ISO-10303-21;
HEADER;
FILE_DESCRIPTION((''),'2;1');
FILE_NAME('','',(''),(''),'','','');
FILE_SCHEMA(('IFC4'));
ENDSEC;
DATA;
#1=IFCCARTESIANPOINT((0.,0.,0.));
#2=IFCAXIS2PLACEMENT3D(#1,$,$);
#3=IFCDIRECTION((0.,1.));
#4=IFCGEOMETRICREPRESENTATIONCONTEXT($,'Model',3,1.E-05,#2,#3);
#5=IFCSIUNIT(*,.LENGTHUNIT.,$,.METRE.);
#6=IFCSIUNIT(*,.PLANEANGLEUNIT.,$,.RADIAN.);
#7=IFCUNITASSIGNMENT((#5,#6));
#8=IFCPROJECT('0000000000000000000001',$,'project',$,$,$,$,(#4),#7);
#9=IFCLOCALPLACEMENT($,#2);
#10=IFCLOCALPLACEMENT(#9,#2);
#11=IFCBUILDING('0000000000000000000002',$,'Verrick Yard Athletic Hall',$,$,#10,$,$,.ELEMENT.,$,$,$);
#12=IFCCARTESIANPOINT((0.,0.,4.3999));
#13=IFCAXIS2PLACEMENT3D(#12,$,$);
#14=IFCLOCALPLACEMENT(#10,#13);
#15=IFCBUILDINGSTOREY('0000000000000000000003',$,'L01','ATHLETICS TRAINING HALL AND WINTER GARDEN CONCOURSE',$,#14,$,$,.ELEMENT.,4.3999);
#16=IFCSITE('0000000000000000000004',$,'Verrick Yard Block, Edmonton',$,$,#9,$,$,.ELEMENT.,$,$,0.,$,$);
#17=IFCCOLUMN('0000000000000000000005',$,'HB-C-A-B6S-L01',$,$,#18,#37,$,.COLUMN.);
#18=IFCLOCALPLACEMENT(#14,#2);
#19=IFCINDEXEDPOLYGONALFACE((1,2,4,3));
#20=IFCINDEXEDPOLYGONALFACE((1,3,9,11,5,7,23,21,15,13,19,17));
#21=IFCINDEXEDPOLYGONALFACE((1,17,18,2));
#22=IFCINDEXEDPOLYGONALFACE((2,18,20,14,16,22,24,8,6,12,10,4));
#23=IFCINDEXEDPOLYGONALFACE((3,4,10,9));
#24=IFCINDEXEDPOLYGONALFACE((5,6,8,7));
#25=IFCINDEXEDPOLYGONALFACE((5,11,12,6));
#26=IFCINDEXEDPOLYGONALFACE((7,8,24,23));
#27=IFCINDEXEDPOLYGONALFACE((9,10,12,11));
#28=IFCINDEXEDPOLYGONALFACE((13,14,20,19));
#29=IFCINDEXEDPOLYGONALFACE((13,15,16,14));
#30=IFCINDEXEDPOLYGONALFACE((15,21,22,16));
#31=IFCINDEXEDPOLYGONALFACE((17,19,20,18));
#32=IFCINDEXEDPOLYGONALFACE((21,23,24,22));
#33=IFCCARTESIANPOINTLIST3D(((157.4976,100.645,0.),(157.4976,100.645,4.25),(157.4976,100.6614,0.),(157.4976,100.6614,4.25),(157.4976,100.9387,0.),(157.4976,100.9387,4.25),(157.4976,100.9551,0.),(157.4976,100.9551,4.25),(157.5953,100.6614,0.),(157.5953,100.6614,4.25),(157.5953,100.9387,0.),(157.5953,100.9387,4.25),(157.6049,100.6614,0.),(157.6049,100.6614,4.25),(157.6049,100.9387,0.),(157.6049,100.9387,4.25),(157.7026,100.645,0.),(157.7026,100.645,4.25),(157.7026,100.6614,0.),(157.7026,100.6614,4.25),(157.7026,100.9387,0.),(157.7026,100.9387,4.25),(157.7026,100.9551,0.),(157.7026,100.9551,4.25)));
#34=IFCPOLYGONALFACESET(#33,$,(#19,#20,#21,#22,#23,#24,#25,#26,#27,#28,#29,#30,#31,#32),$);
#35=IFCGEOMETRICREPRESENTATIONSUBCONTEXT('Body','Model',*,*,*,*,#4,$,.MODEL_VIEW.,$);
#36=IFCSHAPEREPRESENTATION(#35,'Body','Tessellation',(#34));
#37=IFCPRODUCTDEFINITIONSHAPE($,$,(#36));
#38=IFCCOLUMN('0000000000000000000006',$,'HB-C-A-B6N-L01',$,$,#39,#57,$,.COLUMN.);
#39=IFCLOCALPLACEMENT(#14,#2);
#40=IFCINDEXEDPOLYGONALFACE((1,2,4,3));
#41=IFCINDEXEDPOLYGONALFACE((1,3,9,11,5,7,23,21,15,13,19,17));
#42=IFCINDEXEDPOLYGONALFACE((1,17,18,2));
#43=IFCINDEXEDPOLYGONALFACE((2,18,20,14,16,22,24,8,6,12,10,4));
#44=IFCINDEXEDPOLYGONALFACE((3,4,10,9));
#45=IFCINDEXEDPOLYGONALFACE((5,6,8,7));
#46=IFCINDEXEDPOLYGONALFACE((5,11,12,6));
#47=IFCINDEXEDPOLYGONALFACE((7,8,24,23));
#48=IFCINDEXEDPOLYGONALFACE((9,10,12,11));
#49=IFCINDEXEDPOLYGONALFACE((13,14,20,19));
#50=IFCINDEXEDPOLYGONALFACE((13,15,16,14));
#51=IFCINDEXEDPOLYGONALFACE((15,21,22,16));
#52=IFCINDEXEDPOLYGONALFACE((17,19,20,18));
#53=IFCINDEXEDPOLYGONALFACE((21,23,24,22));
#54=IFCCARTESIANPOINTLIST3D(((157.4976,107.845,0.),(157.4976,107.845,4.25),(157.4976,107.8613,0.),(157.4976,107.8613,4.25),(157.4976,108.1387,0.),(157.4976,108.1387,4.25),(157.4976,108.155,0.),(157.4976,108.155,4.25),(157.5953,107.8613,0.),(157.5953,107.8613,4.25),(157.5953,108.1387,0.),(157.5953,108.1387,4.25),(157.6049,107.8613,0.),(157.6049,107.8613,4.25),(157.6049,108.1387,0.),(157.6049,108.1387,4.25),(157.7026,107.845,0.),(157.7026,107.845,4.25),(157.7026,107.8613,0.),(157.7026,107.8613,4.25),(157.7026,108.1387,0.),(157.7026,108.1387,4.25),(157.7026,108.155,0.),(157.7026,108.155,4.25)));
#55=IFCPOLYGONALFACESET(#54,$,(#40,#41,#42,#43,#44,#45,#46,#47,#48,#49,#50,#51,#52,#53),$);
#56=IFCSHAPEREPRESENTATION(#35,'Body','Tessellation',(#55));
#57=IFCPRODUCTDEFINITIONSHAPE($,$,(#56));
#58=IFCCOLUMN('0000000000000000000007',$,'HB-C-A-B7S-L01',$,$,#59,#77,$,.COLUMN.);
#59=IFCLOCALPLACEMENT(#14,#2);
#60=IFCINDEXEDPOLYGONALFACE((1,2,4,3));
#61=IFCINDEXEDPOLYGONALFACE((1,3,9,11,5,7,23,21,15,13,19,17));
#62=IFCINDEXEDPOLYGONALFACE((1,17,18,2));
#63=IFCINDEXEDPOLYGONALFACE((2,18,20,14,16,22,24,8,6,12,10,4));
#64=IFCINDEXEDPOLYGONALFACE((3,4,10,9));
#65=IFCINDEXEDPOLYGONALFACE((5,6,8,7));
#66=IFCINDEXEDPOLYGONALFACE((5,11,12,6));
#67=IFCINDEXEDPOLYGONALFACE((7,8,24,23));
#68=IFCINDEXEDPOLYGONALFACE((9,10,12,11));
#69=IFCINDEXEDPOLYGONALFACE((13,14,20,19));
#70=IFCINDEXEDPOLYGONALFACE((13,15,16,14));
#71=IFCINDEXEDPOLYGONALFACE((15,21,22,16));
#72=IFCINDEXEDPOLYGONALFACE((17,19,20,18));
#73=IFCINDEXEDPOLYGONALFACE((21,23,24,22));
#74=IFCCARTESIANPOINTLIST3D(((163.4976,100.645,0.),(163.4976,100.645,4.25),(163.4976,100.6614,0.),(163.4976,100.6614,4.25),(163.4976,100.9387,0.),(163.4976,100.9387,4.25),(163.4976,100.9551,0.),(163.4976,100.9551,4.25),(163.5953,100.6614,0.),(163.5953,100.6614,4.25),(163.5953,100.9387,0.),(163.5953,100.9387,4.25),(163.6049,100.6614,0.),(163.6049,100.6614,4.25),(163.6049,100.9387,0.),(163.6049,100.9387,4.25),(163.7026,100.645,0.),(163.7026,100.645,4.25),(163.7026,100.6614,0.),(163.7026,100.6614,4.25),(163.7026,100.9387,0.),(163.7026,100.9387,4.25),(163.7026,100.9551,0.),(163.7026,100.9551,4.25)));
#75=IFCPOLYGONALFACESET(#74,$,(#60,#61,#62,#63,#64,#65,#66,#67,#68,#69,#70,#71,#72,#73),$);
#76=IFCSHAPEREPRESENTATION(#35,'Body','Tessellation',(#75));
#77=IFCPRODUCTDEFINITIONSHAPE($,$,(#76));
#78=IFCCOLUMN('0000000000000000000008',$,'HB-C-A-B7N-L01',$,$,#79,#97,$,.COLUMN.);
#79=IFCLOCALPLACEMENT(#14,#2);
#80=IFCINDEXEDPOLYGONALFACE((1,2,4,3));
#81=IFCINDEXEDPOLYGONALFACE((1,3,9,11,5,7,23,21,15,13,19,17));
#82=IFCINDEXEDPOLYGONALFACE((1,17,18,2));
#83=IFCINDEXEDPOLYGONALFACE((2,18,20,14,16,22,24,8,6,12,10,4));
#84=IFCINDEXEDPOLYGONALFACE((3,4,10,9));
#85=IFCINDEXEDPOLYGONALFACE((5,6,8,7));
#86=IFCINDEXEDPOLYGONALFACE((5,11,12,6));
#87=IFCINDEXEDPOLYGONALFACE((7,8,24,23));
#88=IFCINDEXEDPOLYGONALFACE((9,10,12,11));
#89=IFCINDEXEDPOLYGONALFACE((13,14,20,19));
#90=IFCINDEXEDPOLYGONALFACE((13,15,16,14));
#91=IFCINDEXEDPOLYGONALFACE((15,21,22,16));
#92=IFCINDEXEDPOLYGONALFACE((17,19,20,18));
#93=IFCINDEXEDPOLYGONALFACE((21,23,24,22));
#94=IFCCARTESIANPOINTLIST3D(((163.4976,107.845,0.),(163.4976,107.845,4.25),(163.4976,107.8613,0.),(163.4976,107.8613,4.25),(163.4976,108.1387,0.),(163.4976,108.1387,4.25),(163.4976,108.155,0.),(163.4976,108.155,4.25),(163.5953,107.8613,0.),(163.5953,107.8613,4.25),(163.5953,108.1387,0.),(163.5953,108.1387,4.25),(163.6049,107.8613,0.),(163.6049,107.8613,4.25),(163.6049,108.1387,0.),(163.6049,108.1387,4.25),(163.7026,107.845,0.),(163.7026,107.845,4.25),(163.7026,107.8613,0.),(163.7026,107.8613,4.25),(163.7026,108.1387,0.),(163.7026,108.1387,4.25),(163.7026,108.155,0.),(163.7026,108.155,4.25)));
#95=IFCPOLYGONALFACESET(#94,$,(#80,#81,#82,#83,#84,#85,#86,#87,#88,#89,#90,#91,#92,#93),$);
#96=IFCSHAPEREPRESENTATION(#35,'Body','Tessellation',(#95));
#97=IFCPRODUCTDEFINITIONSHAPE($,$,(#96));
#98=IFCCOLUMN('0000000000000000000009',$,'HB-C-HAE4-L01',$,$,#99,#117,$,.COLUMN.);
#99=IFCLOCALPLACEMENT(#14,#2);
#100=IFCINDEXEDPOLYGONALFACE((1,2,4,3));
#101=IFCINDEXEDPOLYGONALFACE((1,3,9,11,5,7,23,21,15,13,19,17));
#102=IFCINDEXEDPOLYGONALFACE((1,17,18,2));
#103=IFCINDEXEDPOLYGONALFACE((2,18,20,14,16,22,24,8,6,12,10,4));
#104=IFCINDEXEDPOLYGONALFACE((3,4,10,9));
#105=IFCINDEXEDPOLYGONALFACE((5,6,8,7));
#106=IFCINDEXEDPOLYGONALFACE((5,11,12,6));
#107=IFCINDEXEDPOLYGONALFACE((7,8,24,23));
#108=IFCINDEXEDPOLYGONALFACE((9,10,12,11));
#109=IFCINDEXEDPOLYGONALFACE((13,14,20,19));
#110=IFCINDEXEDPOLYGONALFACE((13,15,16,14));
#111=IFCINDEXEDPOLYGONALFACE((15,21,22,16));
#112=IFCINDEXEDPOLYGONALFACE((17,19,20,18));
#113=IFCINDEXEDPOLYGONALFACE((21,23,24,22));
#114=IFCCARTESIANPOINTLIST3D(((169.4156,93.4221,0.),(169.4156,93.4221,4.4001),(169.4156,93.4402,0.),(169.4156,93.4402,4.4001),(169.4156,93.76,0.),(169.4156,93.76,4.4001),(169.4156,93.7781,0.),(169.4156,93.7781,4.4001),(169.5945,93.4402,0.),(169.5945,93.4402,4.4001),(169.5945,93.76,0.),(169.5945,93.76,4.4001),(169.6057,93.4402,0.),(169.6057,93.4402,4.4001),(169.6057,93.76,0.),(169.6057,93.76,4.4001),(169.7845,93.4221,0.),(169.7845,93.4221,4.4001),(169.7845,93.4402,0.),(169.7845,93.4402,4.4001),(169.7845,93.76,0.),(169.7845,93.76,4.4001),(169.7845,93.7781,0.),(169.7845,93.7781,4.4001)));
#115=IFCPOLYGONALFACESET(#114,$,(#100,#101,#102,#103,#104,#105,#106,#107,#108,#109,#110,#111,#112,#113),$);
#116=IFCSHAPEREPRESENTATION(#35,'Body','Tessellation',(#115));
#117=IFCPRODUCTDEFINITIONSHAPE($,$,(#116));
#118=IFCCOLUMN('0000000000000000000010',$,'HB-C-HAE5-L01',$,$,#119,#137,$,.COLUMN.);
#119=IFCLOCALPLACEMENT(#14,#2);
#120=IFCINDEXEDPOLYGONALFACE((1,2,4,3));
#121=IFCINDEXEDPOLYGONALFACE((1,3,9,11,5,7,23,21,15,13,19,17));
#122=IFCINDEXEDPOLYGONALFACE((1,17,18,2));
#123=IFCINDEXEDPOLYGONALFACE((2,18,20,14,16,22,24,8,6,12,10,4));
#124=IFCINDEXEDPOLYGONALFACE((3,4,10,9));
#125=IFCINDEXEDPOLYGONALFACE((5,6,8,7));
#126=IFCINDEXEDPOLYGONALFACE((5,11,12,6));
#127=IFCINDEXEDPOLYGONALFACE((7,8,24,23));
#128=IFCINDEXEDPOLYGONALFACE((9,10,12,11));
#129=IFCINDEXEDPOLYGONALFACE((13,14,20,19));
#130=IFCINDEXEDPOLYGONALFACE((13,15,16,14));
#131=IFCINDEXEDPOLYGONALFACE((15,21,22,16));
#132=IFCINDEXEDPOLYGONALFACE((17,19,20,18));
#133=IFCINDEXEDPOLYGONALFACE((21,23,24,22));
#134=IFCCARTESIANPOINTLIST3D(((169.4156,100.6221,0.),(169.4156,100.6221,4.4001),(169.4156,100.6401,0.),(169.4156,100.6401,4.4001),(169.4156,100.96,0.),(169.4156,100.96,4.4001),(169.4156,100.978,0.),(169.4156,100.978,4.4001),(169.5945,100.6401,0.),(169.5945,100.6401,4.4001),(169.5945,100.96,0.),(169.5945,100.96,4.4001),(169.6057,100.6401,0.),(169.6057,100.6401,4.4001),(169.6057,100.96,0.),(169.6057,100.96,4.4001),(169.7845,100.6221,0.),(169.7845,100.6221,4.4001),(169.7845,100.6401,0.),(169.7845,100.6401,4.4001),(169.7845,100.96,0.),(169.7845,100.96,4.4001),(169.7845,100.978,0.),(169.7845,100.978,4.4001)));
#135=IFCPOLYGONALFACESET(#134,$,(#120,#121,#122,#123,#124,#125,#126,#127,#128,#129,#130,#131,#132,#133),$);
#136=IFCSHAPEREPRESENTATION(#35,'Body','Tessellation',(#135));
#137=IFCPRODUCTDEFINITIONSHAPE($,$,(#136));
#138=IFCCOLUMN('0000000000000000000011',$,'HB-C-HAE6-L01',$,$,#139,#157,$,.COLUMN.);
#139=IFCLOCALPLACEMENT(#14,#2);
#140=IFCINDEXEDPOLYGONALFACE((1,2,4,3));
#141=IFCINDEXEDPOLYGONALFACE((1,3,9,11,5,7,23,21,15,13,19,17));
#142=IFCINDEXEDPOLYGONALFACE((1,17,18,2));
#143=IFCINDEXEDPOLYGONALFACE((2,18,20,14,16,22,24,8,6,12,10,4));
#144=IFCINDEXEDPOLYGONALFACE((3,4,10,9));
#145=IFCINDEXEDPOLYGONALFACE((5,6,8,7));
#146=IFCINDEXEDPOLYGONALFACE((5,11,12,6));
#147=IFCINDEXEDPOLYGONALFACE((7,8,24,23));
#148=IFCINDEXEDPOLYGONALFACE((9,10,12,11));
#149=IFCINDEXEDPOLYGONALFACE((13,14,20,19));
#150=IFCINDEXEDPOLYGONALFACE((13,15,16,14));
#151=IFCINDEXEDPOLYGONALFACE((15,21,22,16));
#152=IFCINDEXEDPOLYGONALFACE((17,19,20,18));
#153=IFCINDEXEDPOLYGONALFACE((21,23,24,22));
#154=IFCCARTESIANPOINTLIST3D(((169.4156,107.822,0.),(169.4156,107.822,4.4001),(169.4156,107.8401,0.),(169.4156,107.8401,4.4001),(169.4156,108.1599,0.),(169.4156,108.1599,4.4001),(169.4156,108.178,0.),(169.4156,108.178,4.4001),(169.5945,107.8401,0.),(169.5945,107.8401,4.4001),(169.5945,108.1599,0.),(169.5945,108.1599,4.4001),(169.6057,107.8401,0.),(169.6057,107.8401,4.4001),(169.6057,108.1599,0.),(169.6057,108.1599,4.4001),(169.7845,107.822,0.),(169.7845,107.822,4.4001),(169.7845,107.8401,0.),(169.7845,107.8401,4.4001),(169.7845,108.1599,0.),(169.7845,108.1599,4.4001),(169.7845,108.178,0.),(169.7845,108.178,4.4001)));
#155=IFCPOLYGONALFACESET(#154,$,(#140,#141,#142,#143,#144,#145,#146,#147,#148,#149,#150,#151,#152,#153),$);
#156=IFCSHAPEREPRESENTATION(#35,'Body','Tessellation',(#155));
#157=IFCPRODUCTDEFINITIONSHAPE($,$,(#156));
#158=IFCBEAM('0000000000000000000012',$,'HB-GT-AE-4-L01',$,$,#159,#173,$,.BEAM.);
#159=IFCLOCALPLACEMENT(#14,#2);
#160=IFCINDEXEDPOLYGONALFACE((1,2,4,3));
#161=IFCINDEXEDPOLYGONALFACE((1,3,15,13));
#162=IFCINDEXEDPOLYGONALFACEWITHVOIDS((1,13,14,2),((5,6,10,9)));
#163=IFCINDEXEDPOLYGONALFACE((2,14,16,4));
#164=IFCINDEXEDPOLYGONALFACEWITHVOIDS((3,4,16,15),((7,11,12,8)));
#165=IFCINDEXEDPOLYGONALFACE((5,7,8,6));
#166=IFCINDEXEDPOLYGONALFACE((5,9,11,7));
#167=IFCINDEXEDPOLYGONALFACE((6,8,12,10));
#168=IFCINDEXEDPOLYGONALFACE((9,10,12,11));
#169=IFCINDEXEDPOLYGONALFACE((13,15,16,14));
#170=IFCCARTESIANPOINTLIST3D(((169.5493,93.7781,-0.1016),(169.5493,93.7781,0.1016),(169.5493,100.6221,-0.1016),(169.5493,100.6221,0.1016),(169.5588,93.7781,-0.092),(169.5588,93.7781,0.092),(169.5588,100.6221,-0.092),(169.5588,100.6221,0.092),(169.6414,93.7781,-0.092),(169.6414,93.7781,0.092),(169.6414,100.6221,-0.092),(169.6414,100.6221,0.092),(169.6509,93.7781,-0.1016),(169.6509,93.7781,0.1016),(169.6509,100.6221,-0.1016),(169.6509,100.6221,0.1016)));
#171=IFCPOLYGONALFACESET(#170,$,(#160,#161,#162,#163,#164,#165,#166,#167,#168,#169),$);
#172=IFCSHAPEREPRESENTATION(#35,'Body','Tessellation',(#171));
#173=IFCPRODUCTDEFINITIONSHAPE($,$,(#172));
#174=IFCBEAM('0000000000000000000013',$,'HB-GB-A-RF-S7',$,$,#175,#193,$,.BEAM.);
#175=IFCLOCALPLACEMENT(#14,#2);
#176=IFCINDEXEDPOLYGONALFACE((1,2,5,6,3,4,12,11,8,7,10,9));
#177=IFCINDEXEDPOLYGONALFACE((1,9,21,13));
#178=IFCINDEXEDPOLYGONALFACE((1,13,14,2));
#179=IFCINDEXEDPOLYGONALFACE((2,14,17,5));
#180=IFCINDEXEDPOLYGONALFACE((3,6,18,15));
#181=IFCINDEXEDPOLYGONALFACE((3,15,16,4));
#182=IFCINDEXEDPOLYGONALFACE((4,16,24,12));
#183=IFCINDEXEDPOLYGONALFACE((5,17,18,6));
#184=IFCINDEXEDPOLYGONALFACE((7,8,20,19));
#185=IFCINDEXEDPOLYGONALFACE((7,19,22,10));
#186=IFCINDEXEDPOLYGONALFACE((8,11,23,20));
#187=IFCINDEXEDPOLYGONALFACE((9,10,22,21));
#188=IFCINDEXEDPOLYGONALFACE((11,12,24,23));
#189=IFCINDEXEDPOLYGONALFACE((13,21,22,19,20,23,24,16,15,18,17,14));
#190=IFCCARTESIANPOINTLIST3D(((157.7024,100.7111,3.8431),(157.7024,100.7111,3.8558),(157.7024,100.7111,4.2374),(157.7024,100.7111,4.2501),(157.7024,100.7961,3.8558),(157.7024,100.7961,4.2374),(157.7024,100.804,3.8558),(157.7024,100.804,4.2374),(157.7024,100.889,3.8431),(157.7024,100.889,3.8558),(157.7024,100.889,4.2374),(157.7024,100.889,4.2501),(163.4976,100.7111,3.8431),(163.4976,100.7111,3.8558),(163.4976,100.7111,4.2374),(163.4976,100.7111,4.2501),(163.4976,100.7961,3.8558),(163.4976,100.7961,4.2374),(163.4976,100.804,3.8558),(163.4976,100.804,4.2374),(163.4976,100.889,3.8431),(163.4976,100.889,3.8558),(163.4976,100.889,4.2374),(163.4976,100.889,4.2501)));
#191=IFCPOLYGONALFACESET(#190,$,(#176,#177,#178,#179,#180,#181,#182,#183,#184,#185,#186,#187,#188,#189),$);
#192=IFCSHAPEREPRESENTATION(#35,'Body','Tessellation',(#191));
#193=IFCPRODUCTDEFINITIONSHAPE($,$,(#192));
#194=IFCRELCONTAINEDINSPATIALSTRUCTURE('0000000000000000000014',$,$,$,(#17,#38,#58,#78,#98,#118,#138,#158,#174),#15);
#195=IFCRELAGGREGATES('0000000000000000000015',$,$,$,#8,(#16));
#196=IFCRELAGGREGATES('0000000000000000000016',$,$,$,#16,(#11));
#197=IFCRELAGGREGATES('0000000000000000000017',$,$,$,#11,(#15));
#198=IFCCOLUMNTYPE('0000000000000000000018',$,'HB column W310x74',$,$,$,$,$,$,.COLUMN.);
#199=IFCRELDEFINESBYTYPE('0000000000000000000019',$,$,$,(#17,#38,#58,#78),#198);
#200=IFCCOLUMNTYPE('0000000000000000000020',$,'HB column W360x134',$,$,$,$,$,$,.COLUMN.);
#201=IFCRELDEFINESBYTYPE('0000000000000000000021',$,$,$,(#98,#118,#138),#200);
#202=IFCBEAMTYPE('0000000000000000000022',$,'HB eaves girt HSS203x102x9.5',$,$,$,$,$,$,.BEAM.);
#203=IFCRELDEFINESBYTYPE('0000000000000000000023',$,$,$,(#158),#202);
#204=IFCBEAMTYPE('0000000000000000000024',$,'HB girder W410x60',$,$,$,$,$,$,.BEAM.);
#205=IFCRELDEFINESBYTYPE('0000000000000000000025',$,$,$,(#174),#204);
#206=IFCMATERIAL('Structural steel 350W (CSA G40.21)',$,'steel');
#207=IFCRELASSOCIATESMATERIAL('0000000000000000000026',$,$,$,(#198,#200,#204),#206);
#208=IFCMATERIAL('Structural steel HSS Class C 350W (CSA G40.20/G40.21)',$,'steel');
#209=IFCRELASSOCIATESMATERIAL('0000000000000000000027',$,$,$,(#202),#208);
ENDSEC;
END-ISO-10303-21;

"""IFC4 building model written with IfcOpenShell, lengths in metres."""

from ifc_helpers import new_model, si_unit, direction, frame, origin, origin_2d, place, context, subcontext, project, spatial, hollow_rectangle, i_section, extrude, material, material_profile, profile_set, type_object, element, save


model = new_model("IFC4")

# Units and contexts
model_context = context("Model", 3, precision=1e-05, world=origin(), true_north=direction((0.0, 1.0)))
body_context = subcontext(model_context, "Body", "Model", "MODEL_VIEW")
ifc_project = project(units=[si_unit("LENGTHUNIT", "METRE"), si_unit("PLANEANGLEUNIT", "RADIAN")], contexts=[model_context])

# Site, building, storey
site_placement = place(None, origin())
site = spatial("IfcSite", under=ifc_project, at=site_placement, Name="Verrick Yard Block, Edmonton", CompositionType="ELEMENT", RefElevation=0.0)
building_placement = place(site_placement, origin())
building = spatial("IfcBuilding", under=site, at=building_placement, Name="Verrick Yard Athletic Hall", CompositionType="ELEMENT")
storey_placement = place(building_placement, frame((0.0, 0.0, 4.3999)))
storey = spatial("IfcBuildingStorey", under=building, at=storey_placement, Name="L01", Description="ATHLETICS TRAINING HALL AND WINTER GARDEN CONCOURSE", CompositionType="ELEMENT", Elevation=4.3999)

# Columns
ifc_material_1 = material(Name="Structural steel 350W (CSA G40.21)", Category="steel")
ifc_material_profile_1 = material_profile(ifc_material_1, i_section(OverallWidth=0.2051, OverallDepth=0.3101, WebThickness=0.0095, FlangeThickness=0.0164, at=origin_2d()), Name="W310x74")
ifc_profile_set_1 = profile_set([ifc_material_profile_1], Name="Structural steel 350W (CSA G40.21)")
column_type_1 = type_object("IfcColumnType", Name="HB column W310x74", PredefinedType="COLUMN", material=ifc_profile_set_1)
for number, where, z_axis, x_axis, name in (
    (1, (157.6001, 100.8, 0.0), (0.0, 0.0, 1.0), (1.0, 0.0, 0.0), "HB-C-A-B6S-L01"),
    (2, (157.6001, 108.0, 0.0), (0.0, 0.0, 1.0), (1.0, 0.0, 0.0), "HB-C-A-B6N-L01"),
    (3, (163.6001, 100.8, 0.0), (0.0, 0.0, 1.0), (1.0, 0.0, 0.0), "HB-C-A-B7S-L01"),
    (4, (163.6001, 108.0, 0.0), (0.0, 0.0, 1.0), (1.0, 0.0, 0.0), "HB-C-A-B7N-L01"),
):
    element("IfcColumn", number, at=place(storey_placement, frame(where, z_axis=z_axis, x_axis=x_axis)), inside=storey, type_object=column_type_1, Name=name, PredefinedType="COLUMN", context=body_context, shape_type="SweptSolid", body=[
        extrude(i_section(OverallWidth=0.2051, OverallDepth=0.3101, WebThickness=0.0095, FlangeThickness=0.0164, at=origin_2d()), origin(), (0.0, 0.0, 1.0), 4.25),
    ])
ifc_material_profile_2 = material_profile(ifc_material_1, i_section(OverallWidth=0.3689, OverallDepth=0.356, WebThickness=0.0112, FlangeThickness=0.0181, at=origin_2d()), Name="W360x134")
ifc_profile_set_2 = profile_set([ifc_material_profile_2], Name="Structural steel 350W (CSA G40.21)")
column_type_2 = type_object("IfcColumnType", Name="HB column W360x134", PredefinedType="COLUMN", material=ifc_profile_set_2)
for number, where, z_axis, x_axis, name in (
    (5, (169.6001, 93.6001, 0.0), (0.0, 0.0, 1.0), (1.0, 0.0, 0.0), "HB-C-HAE4-L01"),
    (6, (169.6001, 100.8, 0.0), (0.0, 0.0, 1.0), (1.0, 0.0, 0.0), "HB-C-HAE5-L01"),
    (7, (169.6001, 108.0, 0.0), (0.0, 0.0, 1.0), (1.0, 0.0, 0.0), "HB-C-HAE6-L01"),
):
    element("IfcColumn", number, at=place(storey_placement, frame(where, z_axis=z_axis, x_axis=x_axis)), inside=storey, type_object=column_type_2, Name=name, PredefinedType="COLUMN", context=body_context, shape_type="SweptSolid", body=[
        extrude(i_section(OverallWidth=0.3689, OverallDepth=0.356, WebThickness=0.0112, FlangeThickness=0.0181, at=origin_2d()), origin(), (0.0, 0.0, 1.0), 4.4001),
    ])

# Beams
ifc_material_2 = material(Name="Structural steel HSS Class C 350W (CSA G40.20/G40.21)", Category="steel")
ifc_material_profile_3 = material_profile(ifc_material_2, hollow_rectangle(XDim=0.1016, YDim=0.2031, WallThickness=0.0095, at=origin_2d()), Name="HSS203x102x9.5")
ifc_profile_set_3 = profile_set([ifc_material_profile_3], Name="Structural steel HSS Class C 350W (CSA G40.20/G40.21)")
beam_type_1 = type_object("IfcBeamType", Name="HB eaves girt HSS203x102x9.5", PredefinedType="BEAM", material=ifc_profile_set_3)
beam_1_placement = place(storey_placement, frame((169.6001, 93.7781, 0.0), z_axis=(0.0, 1.0, 0.0), x_axis=(-1.0, 0.0, 0.0)))
element("IfcBeam", 8, at=beam_1_placement, inside=storey, type_object=beam_type_1, Name="HB-GT-AE-4-L01", PredefinedType="BEAM", context=body_context, shape_type="SweptSolid", body=[
    extrude(hollow_rectangle(XDim=0.1016, YDim=0.2031, WallThickness=0.0095, at=origin_2d()), origin(), (0.0, 0.0, 1.0), 6.844),
])
ifc_material_profile_4 = material_profile(ifc_material_1, i_section(OverallWidth=0.178, OverallDepth=0.407, WebThickness=0.0078, FlangeThickness=0.0127, at=origin_2d()), Name="W410x60")
ifc_profile_set_4 = profile_set([ifc_material_profile_4], Name="Structural steel 350W (CSA G40.21)")
beam_type_2 = type_object("IfcBeamType", Name="HB girder W410x60", PredefinedType="BEAM", material=ifc_profile_set_4)
beam_2_placement = place(storey_placement, frame((157.7024, 100.8, 4.0466), z_axis=(1.0, 0.0, 0.0), x_axis=(0.0, 1.0, 0.0)))
element("IfcBeam", 9, at=beam_2_placement, inside=storey, type_object=beam_type_2, Name="HB-GB-A-RF-S7", PredefinedType="BEAM", context=body_context, shape_type="SweptSolid", body=[
    extrude(i_section(OverallWidth=0.178, OverallDepth=0.407, WebThickness=0.0078, FlangeThickness=0.0127, at=origin_2d()), origin(), (0.0, 0.0, 1.0), 5.7952),
])

save(model, "model.ifc")
